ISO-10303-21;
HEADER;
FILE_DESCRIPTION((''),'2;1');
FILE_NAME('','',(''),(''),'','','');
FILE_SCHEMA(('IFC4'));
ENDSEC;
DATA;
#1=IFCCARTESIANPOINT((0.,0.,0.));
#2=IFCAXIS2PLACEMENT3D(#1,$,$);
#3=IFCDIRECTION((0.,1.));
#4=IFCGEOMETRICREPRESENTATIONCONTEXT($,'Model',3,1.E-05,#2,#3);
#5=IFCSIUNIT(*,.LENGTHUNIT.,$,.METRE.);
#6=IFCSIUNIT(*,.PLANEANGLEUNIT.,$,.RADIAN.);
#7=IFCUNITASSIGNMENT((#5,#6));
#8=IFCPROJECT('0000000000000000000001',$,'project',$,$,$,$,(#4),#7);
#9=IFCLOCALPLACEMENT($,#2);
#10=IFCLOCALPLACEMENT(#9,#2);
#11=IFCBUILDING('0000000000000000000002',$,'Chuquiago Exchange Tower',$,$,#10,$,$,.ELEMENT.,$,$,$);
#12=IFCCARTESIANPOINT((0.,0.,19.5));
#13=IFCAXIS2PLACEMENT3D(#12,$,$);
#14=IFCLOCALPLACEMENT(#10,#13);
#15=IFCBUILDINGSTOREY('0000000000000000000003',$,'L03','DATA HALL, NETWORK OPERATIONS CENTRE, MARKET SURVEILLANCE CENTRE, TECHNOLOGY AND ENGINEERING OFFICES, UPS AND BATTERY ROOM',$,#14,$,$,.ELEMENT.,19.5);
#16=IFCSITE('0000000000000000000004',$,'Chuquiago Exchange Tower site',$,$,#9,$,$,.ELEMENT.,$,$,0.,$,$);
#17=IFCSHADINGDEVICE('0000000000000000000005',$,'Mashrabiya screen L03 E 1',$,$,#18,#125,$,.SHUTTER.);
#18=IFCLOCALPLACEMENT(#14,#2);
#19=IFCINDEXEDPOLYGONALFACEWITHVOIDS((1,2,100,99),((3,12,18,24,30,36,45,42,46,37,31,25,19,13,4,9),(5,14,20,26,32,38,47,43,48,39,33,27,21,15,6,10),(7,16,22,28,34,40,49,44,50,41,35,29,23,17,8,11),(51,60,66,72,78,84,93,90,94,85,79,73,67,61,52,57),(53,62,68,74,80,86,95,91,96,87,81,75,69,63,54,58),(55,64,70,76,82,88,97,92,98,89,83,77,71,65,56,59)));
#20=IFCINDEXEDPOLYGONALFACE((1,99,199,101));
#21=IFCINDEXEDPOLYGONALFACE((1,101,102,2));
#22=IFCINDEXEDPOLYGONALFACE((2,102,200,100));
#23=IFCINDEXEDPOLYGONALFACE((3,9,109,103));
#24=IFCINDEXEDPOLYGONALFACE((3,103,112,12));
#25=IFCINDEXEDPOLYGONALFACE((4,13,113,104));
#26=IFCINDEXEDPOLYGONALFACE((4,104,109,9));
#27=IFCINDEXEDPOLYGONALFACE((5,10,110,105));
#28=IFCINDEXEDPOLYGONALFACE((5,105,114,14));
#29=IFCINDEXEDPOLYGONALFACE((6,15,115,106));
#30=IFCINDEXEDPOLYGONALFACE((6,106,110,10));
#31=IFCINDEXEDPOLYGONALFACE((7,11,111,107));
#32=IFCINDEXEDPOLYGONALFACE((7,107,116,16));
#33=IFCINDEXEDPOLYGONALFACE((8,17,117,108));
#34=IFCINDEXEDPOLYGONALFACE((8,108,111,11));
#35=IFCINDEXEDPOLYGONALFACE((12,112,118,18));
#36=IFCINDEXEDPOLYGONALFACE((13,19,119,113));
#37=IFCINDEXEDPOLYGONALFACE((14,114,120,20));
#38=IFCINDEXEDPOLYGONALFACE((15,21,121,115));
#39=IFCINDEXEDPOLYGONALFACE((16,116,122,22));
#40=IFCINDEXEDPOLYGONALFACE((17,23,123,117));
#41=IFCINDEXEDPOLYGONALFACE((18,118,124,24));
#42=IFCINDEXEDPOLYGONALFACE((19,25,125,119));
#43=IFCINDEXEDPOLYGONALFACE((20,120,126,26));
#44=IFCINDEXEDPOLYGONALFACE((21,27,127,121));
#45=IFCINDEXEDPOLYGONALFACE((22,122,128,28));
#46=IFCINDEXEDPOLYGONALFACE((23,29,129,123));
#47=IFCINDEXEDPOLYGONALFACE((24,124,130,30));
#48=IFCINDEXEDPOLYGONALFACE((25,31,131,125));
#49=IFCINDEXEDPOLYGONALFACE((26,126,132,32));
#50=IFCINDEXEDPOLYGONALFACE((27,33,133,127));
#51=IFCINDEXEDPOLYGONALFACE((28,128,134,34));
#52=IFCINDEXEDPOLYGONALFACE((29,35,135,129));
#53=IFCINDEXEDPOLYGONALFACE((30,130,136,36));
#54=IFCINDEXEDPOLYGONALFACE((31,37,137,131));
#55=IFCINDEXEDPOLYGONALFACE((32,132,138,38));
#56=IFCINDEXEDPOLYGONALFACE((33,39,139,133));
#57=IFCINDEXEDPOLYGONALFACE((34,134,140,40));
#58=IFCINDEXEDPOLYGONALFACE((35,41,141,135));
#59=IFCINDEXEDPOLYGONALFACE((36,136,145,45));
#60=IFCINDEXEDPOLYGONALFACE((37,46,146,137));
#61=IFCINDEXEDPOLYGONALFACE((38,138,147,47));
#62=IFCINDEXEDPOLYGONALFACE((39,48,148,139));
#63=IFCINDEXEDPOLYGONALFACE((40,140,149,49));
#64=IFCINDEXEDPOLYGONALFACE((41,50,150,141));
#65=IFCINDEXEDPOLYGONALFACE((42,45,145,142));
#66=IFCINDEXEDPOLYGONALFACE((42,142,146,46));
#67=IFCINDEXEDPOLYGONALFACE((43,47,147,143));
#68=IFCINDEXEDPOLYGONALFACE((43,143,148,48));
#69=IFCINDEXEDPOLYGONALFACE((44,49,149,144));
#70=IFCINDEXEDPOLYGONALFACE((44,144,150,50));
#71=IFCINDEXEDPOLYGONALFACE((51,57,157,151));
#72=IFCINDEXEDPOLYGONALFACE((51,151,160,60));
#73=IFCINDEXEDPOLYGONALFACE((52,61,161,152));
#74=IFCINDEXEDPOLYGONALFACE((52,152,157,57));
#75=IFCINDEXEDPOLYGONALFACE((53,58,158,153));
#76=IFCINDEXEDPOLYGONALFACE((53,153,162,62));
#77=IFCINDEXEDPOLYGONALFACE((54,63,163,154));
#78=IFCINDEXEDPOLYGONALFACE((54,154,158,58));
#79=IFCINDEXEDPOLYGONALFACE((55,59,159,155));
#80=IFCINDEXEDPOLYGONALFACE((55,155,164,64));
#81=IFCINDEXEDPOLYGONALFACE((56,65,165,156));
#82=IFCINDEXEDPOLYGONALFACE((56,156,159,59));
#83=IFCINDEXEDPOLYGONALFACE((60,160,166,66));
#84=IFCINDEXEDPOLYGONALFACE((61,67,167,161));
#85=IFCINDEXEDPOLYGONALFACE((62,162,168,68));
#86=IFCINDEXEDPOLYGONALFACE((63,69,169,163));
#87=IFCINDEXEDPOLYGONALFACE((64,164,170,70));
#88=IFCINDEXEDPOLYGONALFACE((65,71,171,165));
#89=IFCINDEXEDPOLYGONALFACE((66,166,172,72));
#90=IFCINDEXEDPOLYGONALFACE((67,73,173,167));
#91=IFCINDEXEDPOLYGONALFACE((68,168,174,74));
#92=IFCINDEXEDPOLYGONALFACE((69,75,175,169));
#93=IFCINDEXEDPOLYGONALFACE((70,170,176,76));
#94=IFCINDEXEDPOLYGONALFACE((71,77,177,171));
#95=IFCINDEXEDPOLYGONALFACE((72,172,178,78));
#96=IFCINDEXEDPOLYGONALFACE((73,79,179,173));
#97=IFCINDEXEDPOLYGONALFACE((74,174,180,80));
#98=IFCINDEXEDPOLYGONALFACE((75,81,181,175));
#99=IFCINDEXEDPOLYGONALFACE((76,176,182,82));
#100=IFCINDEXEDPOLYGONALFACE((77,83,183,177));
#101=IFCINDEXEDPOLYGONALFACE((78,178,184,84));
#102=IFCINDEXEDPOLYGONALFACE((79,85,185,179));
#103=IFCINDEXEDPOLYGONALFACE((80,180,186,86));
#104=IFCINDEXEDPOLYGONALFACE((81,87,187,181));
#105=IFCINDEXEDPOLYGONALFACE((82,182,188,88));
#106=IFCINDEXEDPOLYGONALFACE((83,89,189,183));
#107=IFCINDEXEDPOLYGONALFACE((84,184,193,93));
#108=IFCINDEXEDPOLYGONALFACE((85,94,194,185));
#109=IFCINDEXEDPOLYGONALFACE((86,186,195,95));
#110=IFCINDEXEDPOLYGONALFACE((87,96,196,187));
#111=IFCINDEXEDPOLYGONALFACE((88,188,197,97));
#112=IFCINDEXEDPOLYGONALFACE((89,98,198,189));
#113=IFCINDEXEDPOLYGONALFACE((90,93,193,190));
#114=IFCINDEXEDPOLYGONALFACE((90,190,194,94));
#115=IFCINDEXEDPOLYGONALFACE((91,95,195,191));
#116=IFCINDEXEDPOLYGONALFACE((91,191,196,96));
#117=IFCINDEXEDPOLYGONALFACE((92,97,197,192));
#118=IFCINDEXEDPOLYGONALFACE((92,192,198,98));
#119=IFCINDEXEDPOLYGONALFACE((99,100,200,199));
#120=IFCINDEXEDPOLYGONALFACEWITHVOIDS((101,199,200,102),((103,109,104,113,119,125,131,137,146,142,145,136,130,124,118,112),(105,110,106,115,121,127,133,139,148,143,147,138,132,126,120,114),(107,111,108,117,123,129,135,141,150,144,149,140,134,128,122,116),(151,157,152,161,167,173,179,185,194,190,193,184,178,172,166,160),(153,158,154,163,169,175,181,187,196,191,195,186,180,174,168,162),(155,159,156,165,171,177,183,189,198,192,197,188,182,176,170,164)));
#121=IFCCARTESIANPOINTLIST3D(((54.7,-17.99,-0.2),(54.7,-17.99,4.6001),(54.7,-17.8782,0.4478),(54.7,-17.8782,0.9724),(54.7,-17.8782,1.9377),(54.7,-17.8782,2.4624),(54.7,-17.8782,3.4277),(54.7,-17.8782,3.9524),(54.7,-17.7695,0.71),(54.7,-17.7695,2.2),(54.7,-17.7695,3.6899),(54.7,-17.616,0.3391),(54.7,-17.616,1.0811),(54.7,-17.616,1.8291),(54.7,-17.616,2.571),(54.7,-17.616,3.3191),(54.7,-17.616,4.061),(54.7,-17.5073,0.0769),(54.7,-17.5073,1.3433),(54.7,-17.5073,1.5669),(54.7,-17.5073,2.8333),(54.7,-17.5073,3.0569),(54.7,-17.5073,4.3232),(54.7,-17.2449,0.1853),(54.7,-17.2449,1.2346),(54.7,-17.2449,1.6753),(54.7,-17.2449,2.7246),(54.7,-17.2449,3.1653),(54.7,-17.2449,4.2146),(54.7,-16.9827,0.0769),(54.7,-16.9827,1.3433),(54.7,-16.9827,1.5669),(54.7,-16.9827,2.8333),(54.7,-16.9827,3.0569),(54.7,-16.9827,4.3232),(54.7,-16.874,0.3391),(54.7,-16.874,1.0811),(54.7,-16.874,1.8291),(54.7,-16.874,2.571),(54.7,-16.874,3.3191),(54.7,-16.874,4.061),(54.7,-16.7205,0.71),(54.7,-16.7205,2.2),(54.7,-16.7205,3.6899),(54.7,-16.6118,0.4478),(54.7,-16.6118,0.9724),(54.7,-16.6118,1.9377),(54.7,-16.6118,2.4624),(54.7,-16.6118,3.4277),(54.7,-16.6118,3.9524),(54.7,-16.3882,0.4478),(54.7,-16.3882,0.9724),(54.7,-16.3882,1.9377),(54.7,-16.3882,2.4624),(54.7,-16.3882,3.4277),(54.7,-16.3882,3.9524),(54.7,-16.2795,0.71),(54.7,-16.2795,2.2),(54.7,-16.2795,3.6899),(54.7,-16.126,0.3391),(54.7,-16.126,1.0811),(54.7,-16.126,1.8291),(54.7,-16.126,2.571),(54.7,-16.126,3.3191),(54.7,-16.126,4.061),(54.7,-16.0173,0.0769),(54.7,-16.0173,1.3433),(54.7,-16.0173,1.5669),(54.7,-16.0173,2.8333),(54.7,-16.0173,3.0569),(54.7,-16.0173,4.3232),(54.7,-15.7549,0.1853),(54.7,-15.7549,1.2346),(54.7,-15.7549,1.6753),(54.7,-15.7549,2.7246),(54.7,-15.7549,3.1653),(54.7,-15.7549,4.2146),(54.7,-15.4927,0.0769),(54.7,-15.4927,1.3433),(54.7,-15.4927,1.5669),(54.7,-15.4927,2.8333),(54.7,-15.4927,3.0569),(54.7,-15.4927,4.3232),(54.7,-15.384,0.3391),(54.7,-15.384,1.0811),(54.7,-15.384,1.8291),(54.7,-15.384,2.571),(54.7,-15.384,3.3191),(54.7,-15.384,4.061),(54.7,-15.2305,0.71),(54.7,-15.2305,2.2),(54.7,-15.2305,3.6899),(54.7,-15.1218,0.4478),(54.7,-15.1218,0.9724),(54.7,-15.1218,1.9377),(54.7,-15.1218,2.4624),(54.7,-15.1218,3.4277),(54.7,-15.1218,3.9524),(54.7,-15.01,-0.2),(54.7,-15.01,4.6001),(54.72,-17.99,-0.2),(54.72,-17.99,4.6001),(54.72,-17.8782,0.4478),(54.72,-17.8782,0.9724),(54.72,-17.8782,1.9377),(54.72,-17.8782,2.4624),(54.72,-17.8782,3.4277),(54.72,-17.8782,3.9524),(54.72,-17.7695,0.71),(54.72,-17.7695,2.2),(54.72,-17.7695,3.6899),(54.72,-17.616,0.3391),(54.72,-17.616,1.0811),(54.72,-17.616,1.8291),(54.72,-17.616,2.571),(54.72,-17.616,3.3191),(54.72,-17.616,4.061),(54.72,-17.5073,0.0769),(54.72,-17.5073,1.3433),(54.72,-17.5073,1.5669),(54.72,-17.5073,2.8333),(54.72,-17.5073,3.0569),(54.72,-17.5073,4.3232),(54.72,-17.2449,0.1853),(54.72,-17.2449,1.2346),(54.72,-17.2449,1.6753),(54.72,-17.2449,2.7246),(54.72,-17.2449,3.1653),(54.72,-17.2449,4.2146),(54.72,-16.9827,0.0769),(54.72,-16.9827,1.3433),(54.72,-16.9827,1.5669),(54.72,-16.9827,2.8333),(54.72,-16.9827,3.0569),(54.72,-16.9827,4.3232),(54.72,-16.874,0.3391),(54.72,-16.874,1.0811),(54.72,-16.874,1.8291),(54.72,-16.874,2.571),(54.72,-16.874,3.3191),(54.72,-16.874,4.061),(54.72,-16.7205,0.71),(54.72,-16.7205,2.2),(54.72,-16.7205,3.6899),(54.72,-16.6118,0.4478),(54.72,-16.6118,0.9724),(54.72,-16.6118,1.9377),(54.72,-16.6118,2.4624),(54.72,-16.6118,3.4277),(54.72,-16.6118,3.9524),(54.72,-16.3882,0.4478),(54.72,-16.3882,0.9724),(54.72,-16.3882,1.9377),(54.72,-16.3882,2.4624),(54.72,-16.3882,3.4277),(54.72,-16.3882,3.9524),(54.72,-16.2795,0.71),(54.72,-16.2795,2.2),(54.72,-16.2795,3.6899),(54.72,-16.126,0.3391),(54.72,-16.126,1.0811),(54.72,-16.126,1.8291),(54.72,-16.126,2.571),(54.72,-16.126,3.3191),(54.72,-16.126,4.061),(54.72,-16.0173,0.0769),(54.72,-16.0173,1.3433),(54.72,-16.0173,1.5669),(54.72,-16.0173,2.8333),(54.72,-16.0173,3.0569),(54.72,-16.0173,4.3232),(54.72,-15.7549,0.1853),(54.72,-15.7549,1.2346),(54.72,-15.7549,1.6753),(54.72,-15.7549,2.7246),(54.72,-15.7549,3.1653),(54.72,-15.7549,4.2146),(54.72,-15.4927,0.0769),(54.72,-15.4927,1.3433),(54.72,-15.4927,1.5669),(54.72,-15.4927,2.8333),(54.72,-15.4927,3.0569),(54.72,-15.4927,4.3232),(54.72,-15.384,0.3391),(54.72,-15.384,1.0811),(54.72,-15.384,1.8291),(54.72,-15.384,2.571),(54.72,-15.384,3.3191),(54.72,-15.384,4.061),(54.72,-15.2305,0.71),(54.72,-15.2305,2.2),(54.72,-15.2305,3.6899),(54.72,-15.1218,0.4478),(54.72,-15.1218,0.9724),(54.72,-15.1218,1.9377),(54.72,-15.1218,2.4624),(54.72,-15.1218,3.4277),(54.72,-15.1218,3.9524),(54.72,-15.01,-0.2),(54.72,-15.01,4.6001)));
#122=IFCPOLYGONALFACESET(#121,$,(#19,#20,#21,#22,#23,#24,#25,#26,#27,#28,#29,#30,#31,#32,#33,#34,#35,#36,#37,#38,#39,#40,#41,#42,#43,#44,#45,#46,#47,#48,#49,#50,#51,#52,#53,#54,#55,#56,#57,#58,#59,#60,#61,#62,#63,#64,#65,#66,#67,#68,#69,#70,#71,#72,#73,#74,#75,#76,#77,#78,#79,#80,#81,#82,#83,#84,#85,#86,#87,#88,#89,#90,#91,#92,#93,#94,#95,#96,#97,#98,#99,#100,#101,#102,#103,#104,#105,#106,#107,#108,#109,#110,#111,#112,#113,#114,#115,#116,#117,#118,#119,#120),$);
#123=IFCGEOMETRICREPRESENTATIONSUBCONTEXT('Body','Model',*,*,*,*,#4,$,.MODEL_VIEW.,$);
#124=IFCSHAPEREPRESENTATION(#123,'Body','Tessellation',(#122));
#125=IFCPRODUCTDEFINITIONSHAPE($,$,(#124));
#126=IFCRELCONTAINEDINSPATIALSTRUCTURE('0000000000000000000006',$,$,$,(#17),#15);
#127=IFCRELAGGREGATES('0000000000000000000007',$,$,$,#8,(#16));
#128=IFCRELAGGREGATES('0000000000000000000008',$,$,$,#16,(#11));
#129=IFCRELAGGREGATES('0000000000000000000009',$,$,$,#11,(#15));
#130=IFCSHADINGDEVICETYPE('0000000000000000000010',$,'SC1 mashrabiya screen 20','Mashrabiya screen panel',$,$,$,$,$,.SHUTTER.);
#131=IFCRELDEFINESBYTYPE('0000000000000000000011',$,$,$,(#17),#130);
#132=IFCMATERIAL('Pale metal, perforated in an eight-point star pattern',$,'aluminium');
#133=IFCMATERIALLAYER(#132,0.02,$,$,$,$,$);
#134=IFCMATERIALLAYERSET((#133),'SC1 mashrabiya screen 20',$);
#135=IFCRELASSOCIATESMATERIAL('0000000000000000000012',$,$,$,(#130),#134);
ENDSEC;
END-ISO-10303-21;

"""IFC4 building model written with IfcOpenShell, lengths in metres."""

from ifc_helpers import new_model, si_unit, direction, frame, origin, place, context, subcontext, project, spatial, polyline, outline, extrude, material, layer, layer_set, type_object, element, save


model = new_model("IFC4")

# Units and contexts
model_context = context("Model", 3, precision=1e-05, world=origin(), true_north=direction((0.0, 1.0)))
body_context = subcontext(model_context, "Body", "Model", "MODEL_VIEW")
ifc_project = project(units=[si_unit("LENGTHUNIT", "METRE"), si_unit("PLANEANGLEUNIT", "RADIAN")], contexts=[model_context])

# Site, building, storey
site_placement = place(None, origin())
site = spatial("IfcSite", under=ifc_project, at=site_placement, Name="Chuquiago Exchange Tower site", CompositionType="ELEMENT", RefElevation=0.0)
building_placement = place(site_placement, origin())
building = spatial("IfcBuilding", under=site, at=building_placement, Name="Chuquiago Exchange Tower", CompositionType="ELEMENT")
storey_placement = place(building_placement, frame((0.0, 0.0, 19.5)))
storey = spatial("IfcBuildingStorey", under=building, at=storey_placement, Name="L03", Description="DATA HALL, NETWORK OPERATIONS CENTRE, MARKET SURVEILLANCE CENTRE, TECHNOLOGY AND ENGINEERING OFFICES, UPS AND BATTERY ROOM", CompositionType="ELEMENT", Elevation=19.5)

# Shading device
ifc_material_1 = material(Name="Pale metal, perforated in an eight-point star pattern", Category="aluminium")
ifc_layer_1 = layer(ifc_material_1, 0.02)
ifc_layer_set_1 = layer_set([ifc_layer_1], Name="SC1 mashrabiya screen 20")
shading_device_type = type_object("IfcShadingDeviceType", Name="SC1 mashrabiya screen 20", Description="Mashrabiya screen panel", PredefinedType="SHUTTER", material=ifc_layer_set_1)
shading_device_placement = place(storey_placement, frame((54.7, -17.99, -0.2), z_axis=(0.0, 0.0, 1.0), x_axis=(0.0, 1.0, 0.0)))
element("IfcShadingDevice", 1, at=shading_device_placement, inside=storey, type_object=shading_device_type, Name="Mashrabiya screen L03 E 1", PredefinedType="SHUTTER", context=body_context, shape_type="SweptSolid", body=[
    extrude(outline(polyline([(0.0, 0.0), (2.98, 0.0), (2.98, 4.8), (0.0, 4.8), (0.0, 0.0)]), holes=[polyline([(1.2695, 0.9099), (1.3782, 1.1724), (1.116, 1.281), (1.0073, 1.5432), (0.7451, 1.4346), (0.4827, 1.5432), (0.374, 1.281), (0.1118, 1.1724), (0.2205, 0.9099), (0.1118, 0.6477), (0.374, 0.5391), (0.4827, 0.2769), (0.7451, 0.3853), (1.0073, 0.2769), (1.116, 0.5391), (1.3782, 0.6477), (1.2695, 0.9099)]), polyline([(2.7595, 0.9099), (2.8682, 1.1724), (2.606, 1.281), (2.4973, 1.5432), (2.2351, 1.4346), (1.9727, 1.5432), (1.864, 1.281), (1.6018, 1.1724), (1.7104, 0.9099), (1.6018, 0.6477), (1.864, 0.5391), (1.9727, 0.2769), (2.2351, 0.3853), (2.4973, 0.2769), (2.606, 0.5391), (2.8682, 0.6477), (2.7595, 0.9099)]), polyline([(1.2695, 2.3999), (1.3782, 2.6624), (1.116, 2.771), (1.0073, 3.0332), (0.7451, 2.9246), (0.4827, 3.0332), (0.374, 2.771), (0.1118, 2.6624), (0.2205, 2.3999), (0.1118, 2.1377), (0.374, 2.0291), (0.4827, 1.7668), (0.7451, 1.8752), (1.0073, 1.7668), (1.116, 2.0291), (1.3782, 2.1377), (1.2695, 2.3999)]), polyline([(2.7595, 2.3999), (2.8682, 2.6624), (2.606, 2.771), (2.4973, 3.0332), (2.2351, 2.9246), (1.9727, 3.0332), (1.864, 2.771), (1.6018, 2.6624), (1.7104, 2.3999), (1.6018, 2.1377), (1.864, 2.0291), (1.9727, 1.7668), (2.2351, 1.8752), (2.4973, 1.7668), (2.606, 2.0291), (2.8682, 2.1377), (2.7595, 2.3999)]), polyline([(1.2695, 3.8899), (1.3782, 4.1523), (1.116, 4.261), (1.0073, 4.5232), (0.7451, 4.4146), (0.4827, 4.5232), (0.374, 4.261), (0.1118, 4.1523), (0.2205, 3.8899), (0.1118, 3.6277), (0.374, 3.519), (0.4827, 3.2568), (0.7451, 3.3652), (1.0073, 3.2568), (1.116, 3.519), (1.3782, 3.6277), (1.2695, 3.8899)]), polyline([(2.7595, 3.8899), (2.8682, 4.1523), (2.606, 4.261), (2.4973, 4.5232), (2.2351, 4.4146), (1.9727, 4.5232), (1.864, 4.261), (1.6018, 4.1523), (1.7104, 3.8899), (1.6018, 3.6277), (1.864, 3.519), (1.9727, 3.2568), (2.2351, 3.3652), (2.4973, 3.2568), (2.606, 3.519), (2.8682, 3.6277), (2.7595, 3.8899)])]), frame((0.0, 0.0, 0.0), z_axis=(0.0, -1.0, 0.0), x_axis=(1.0, 0.0, 0.0)), (0.0, 0.0, 1.0), 0.02),
])

save(model, "model.ifc")
